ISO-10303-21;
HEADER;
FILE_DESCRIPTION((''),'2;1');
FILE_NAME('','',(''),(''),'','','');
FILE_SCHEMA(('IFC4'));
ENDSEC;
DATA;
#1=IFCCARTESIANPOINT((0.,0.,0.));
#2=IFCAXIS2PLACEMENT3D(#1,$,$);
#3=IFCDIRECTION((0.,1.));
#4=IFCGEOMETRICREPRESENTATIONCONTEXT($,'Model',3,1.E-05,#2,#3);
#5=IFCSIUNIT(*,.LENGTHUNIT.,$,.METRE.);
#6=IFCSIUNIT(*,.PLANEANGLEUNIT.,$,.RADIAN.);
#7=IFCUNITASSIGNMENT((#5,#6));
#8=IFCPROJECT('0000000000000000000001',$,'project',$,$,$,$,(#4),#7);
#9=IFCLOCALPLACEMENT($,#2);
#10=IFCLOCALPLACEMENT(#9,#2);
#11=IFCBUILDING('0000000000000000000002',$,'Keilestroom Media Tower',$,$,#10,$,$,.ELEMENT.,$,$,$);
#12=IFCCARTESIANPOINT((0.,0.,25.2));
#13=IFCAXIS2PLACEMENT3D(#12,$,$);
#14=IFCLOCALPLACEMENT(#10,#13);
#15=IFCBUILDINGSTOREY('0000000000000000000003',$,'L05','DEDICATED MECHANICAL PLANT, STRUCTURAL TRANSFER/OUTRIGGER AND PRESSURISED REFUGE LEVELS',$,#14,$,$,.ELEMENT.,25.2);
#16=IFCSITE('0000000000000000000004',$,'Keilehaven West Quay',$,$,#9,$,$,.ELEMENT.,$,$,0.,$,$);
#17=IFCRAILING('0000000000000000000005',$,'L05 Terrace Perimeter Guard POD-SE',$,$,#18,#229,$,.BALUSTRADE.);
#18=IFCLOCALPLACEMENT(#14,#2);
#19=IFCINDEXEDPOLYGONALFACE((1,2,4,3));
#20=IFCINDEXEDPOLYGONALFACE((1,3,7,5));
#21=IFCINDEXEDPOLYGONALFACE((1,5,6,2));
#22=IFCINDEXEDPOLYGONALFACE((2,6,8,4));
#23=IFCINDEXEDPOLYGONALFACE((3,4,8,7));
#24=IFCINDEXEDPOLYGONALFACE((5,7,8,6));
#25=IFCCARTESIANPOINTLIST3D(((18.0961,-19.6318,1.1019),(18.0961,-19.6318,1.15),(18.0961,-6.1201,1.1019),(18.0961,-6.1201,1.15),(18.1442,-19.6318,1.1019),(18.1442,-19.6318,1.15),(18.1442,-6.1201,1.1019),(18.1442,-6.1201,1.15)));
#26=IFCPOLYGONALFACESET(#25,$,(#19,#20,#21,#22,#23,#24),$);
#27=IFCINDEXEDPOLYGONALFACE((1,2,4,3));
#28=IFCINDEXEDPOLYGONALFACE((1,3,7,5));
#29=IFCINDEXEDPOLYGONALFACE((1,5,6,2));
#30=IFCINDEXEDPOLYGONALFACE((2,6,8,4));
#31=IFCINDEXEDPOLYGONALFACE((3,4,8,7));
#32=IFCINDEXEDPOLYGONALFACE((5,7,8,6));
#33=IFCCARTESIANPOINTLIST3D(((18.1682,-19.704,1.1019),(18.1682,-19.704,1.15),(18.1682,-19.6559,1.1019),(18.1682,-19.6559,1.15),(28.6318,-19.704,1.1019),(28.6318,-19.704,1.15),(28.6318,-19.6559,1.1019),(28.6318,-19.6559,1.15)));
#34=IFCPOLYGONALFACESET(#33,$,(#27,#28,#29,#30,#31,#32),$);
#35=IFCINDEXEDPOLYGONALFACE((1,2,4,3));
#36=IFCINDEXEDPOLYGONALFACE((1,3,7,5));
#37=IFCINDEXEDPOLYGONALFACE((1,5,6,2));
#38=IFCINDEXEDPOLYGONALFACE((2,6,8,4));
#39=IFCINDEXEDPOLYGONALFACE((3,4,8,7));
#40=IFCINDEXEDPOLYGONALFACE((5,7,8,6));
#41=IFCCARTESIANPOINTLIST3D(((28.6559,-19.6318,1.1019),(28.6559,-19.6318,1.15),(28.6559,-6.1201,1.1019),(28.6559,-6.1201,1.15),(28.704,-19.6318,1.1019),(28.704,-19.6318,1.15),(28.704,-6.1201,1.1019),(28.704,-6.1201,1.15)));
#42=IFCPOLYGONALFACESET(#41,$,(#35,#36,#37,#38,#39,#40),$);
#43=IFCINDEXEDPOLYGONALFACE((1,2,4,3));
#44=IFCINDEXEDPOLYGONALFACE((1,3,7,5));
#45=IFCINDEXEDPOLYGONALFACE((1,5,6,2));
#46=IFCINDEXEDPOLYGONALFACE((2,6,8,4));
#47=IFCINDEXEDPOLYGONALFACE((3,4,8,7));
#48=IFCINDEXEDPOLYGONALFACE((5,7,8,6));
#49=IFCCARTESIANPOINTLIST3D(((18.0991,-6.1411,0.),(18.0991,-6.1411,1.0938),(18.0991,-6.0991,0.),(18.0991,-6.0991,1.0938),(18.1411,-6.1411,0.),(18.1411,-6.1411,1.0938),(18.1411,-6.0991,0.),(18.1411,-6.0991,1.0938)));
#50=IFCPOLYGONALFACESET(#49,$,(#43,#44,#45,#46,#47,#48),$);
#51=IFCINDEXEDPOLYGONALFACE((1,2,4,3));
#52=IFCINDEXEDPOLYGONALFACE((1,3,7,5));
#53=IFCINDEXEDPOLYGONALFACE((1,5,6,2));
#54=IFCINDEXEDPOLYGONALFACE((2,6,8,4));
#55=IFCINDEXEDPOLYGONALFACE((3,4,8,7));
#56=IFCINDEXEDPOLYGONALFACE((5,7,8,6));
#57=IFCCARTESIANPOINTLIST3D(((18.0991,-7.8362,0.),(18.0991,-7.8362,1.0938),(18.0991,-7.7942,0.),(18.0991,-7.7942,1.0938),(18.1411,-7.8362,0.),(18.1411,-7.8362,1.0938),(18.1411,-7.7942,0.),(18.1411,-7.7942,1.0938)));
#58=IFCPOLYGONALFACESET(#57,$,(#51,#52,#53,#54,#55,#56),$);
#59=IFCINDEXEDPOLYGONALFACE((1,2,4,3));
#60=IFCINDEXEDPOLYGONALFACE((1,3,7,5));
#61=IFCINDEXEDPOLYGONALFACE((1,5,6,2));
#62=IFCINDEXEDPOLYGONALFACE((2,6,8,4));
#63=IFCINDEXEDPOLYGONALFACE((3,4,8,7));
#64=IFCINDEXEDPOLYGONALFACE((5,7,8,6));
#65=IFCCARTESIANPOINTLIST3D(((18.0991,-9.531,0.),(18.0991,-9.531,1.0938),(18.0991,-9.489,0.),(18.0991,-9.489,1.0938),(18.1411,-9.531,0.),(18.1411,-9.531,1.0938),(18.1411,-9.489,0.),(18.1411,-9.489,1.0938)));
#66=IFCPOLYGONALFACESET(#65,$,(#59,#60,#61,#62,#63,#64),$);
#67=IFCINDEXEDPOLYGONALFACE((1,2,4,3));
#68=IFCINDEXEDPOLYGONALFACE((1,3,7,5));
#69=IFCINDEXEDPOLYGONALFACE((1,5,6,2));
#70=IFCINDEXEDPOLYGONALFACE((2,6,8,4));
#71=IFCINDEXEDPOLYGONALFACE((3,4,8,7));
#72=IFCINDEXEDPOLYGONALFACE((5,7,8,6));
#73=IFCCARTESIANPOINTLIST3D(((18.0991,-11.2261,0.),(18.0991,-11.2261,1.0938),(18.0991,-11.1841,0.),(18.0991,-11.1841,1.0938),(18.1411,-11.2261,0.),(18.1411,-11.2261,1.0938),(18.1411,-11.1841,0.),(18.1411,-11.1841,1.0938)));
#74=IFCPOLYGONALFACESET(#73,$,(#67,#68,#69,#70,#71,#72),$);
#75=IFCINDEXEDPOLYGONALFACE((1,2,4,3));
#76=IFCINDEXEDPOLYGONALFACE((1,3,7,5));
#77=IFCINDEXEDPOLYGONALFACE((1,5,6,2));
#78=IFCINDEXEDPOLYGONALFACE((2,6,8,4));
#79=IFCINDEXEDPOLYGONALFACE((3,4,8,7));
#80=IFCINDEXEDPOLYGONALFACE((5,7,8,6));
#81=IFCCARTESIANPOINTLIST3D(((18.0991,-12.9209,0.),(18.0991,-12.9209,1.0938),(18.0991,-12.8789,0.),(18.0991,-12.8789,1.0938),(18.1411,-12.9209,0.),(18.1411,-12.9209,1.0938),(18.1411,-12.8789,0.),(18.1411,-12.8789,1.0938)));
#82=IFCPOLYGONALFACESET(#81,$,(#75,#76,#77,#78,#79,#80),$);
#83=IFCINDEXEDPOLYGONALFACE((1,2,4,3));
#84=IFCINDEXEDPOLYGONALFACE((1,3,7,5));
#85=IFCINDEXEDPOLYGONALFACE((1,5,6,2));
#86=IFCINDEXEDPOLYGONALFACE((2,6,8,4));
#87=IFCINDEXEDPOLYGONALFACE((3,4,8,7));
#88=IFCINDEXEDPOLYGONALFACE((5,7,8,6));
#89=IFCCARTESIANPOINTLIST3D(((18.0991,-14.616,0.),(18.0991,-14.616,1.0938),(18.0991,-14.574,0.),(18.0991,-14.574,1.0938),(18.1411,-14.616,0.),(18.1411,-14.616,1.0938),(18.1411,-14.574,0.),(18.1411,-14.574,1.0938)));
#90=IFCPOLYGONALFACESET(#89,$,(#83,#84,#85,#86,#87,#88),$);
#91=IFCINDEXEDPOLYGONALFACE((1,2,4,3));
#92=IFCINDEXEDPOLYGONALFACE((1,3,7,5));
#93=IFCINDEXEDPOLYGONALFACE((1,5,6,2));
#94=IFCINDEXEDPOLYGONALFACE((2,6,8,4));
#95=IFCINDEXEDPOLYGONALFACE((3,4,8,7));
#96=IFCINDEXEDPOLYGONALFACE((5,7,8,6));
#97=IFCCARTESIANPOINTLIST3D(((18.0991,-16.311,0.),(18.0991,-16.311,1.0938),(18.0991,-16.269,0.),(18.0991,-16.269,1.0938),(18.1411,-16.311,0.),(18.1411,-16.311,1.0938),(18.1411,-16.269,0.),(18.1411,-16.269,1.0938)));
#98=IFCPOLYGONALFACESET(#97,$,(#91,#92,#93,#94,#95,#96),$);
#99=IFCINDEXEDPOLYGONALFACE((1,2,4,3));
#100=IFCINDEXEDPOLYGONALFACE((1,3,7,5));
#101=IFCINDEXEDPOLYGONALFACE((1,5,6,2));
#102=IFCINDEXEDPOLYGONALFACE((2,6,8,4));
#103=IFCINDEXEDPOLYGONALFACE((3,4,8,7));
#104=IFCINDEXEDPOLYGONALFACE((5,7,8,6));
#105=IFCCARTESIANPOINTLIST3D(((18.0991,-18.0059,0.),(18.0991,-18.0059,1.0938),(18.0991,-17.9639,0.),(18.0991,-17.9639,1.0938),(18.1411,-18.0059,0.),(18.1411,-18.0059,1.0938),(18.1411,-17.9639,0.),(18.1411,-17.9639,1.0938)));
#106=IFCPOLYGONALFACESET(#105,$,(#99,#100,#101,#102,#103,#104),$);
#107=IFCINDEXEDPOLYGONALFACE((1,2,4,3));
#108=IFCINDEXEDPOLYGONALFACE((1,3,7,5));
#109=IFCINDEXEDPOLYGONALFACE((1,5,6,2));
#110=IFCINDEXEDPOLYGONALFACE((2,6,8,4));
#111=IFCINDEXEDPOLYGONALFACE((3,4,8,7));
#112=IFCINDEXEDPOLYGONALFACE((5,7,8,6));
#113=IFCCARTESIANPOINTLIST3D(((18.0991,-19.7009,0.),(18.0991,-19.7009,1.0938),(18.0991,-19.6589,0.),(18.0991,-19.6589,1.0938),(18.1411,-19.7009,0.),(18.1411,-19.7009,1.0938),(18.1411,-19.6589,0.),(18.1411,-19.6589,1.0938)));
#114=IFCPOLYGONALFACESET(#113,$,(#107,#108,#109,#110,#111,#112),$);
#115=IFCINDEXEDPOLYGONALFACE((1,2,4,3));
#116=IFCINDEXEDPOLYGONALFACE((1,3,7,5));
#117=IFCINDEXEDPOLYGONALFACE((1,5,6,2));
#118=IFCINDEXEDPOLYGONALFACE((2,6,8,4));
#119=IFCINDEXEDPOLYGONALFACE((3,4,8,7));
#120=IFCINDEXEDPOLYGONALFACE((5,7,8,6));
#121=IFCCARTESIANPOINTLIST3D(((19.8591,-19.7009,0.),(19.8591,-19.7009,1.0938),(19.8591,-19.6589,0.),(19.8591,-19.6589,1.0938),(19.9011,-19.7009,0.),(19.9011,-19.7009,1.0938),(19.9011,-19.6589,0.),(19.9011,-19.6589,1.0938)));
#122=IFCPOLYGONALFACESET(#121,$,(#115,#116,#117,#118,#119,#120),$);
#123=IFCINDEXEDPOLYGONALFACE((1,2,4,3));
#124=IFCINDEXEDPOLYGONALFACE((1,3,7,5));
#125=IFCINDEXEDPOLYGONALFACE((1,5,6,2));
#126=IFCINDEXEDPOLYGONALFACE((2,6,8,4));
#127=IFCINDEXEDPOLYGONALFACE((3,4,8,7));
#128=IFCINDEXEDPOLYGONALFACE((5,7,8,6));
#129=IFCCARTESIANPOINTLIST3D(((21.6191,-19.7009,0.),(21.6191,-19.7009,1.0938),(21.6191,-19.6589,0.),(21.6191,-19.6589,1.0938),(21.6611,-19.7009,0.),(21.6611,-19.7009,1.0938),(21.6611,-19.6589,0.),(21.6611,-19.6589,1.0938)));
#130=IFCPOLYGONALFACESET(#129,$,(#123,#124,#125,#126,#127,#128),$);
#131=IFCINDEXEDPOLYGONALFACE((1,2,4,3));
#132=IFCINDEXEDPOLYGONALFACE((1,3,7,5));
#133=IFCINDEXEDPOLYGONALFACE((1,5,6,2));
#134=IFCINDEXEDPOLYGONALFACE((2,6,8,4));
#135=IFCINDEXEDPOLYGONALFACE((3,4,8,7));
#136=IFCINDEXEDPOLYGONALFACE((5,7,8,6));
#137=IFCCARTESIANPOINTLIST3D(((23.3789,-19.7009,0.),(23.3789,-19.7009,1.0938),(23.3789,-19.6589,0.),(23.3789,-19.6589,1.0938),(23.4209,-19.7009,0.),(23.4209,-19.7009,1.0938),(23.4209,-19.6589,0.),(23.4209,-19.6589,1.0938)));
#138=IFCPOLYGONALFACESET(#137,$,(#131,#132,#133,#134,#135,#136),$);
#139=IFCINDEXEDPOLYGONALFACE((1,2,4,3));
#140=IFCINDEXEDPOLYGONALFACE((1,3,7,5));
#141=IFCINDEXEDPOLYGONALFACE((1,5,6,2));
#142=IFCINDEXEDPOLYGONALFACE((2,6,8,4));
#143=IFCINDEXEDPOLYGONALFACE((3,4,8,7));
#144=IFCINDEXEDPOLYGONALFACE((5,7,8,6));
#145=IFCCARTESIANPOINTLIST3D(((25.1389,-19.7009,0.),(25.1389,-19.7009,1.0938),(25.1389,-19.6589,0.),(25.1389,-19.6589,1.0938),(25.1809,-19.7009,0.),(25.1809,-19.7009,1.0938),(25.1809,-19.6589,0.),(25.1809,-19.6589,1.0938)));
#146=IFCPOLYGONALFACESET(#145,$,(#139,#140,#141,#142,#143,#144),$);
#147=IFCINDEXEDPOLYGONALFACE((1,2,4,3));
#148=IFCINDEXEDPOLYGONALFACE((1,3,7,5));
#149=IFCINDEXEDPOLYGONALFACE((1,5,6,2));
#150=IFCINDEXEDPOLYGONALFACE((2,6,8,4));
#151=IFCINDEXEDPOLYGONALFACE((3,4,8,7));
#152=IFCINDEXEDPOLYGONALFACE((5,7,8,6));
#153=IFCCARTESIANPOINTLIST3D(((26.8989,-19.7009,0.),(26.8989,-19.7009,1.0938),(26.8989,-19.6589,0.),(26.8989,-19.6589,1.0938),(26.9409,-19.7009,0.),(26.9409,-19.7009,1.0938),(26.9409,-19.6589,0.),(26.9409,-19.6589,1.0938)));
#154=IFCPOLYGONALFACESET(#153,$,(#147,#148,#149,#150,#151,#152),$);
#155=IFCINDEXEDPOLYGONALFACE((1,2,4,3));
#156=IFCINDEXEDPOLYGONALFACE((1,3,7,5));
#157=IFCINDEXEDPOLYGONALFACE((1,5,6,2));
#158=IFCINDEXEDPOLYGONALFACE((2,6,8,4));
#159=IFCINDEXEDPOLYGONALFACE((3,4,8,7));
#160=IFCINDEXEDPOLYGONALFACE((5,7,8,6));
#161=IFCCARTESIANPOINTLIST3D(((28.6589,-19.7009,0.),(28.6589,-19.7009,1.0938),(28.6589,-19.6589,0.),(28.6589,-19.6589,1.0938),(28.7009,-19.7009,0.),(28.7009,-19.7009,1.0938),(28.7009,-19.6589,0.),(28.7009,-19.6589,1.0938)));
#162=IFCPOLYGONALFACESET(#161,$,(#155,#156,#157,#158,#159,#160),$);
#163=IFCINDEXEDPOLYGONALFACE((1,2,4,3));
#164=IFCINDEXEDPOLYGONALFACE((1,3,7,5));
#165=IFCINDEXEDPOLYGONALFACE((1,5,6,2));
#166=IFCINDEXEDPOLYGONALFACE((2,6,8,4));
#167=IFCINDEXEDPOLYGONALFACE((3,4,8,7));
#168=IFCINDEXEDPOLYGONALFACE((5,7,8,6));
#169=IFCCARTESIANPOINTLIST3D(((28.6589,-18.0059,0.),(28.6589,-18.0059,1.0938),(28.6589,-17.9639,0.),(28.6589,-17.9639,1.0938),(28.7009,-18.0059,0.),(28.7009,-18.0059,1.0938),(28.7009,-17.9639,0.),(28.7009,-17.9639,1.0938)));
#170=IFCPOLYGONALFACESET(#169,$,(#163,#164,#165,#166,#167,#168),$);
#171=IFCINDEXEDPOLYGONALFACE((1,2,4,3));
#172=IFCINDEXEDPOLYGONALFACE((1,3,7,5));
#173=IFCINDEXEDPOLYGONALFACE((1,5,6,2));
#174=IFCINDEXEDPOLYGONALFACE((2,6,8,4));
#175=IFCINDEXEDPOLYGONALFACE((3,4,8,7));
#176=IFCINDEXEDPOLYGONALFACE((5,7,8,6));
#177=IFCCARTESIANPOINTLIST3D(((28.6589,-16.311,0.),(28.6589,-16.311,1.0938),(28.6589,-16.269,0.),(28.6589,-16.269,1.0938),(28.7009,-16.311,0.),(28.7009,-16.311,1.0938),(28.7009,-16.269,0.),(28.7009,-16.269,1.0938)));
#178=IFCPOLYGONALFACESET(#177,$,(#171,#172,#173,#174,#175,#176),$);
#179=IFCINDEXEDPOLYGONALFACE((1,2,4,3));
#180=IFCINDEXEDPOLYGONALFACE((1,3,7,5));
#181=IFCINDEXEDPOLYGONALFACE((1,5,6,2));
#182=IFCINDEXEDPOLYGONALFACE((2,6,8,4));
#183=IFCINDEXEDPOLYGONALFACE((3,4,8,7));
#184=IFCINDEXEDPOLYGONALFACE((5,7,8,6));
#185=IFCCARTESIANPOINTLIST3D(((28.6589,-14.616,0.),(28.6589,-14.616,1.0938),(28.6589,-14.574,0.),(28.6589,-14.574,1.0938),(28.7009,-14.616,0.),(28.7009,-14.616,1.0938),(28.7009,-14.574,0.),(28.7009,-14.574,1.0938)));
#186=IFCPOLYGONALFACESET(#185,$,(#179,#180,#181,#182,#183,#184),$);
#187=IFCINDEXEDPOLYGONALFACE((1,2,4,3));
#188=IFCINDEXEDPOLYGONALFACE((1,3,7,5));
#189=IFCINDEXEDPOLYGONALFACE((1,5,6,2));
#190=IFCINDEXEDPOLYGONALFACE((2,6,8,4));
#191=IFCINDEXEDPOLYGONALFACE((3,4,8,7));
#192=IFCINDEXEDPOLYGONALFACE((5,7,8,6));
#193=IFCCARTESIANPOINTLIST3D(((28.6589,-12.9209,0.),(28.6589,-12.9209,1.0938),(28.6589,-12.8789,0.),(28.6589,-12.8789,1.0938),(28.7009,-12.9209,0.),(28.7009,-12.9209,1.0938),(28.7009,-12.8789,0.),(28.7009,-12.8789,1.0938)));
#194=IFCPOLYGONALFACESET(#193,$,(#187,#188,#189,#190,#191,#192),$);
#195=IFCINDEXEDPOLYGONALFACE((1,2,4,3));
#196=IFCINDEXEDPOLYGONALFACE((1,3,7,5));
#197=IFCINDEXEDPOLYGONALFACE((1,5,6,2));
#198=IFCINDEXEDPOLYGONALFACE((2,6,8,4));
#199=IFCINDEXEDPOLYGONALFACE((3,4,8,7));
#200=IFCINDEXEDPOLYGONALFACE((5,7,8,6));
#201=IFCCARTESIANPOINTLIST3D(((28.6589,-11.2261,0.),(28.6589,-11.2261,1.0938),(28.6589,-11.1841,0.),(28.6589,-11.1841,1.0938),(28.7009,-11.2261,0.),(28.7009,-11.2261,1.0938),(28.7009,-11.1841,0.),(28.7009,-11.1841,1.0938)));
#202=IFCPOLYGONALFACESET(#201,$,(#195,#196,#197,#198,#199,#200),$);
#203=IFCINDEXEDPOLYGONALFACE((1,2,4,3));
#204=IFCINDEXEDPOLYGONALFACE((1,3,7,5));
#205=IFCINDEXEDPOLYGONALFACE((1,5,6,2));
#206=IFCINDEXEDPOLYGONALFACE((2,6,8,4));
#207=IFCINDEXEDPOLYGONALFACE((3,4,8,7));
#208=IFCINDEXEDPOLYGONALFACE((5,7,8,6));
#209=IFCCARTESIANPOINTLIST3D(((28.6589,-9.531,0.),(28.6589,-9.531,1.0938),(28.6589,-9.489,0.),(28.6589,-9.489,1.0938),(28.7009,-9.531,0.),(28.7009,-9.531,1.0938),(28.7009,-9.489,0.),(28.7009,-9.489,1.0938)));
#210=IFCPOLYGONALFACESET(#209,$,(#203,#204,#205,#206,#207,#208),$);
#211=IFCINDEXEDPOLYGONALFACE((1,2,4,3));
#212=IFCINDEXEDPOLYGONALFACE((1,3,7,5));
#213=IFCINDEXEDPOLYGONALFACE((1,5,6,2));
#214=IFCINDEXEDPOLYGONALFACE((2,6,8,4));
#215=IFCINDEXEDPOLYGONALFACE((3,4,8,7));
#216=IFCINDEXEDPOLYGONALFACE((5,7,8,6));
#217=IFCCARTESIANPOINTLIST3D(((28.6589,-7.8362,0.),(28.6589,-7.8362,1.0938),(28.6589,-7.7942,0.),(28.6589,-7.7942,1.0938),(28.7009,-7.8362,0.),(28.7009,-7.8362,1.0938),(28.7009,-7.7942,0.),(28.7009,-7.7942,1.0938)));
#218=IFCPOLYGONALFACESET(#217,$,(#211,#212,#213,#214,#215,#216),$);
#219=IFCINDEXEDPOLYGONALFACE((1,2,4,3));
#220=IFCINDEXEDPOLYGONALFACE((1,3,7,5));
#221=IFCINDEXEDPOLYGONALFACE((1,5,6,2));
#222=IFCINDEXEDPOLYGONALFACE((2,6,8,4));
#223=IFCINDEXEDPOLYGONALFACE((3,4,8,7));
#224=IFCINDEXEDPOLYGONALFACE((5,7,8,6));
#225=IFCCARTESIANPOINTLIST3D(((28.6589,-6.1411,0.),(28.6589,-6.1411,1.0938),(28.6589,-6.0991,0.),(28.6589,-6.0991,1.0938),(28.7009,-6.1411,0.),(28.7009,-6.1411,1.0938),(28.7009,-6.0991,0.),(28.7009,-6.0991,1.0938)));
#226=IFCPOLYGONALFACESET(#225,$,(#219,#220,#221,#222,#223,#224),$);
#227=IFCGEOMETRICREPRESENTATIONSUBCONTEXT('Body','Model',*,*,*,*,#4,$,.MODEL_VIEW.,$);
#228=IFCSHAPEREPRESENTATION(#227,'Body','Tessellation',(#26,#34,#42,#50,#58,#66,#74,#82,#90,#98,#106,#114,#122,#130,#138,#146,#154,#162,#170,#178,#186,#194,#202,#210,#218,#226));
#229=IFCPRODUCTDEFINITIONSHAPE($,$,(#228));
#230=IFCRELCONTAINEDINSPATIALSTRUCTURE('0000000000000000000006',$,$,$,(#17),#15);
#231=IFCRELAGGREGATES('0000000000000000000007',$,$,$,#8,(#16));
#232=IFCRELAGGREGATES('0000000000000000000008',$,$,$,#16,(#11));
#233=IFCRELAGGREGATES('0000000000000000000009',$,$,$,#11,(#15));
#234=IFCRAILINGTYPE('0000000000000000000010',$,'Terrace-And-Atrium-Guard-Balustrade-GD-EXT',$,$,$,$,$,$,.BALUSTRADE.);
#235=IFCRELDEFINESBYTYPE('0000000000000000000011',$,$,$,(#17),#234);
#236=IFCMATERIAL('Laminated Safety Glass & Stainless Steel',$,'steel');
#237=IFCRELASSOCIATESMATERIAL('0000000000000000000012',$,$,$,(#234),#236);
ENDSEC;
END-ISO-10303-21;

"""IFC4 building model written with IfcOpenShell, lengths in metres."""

from ifc_helpers import new_model, si_unit, direction, frame, origin, origin_2d, place, context, subcontext, project, spatial, rectangle, extrude, material, type_object, element, save


model = new_model("IFC4")

# Units and contexts
model_context = context("Model", 3, precision=1e-05, world=origin(), true_north=direction((0.0, 1.0)))
body_context = subcontext(model_context, "Body", "Model", "MODEL_VIEW")
ifc_project = project(units=[si_unit("LENGTHUNIT", "METRE"), si_unit("PLANEANGLEUNIT", "RADIAN")], contexts=[model_context])

# Site, building, storey
site_placement = place(None, origin())
site = spatial("IfcSite", under=ifc_project, at=site_placement, Name="Keilehaven West Quay", CompositionType="ELEMENT", RefElevation=0.0)
building_placement = place(site_placement, origin())
building = spatial("IfcBuilding", under=site, at=building_placement, Name="Keilestroom Media Tower", CompositionType="ELEMENT")
storey_placement = place(building_placement, frame((0.0, 0.0, 25.2)))
storey = spatial("IfcBuildingStorey", under=building, at=storey_placement, Name="L05", Description="DEDICATED MECHANICAL PLANT, STRUCTURAL TRANSFER/OUTRIGGER AND PRESSURISED REFUGE LEVELS", CompositionType="ELEMENT", Elevation=25.2)

# Railing
ifc_material_1 = material(Name="Laminated Safety Glass & Stainless Steel", Category="steel")
railing_type = type_object("IfcRailingType", Name="Terrace-And-Atrium-Guard-Balustrade-GD-EXT", PredefinedType="BALUSTRADE", material=ifc_material_1)
railing_placement = place(storey_placement, frame((18.1201, -6.1201, 0.0)))
element("IfcRailing", 1, at=railing_placement, inside=storey, type_object=railing_type, Name="L05 Terrace Perimeter Guard POD-SE", PredefinedType="BALUSTRADE", context=body_context, shape_type="SweptSolid", body=[
    extrude(rectangle(XDim=0.0481, YDim=0.0481, at=origin_2d()), frame((0.0, 0.0, 1.126), z_axis=(0.0, -1.0, 0.0), x_axis=(1.0, 0.0, 0.0)), (0.0, 0.0, 1.0), 13.5117),
    extrude(rectangle(XDim=0.0481, YDim=0.0481, at=origin_2d()), frame((0.0481, -13.5598, 1.126), z_axis=(1.0, 0.0, 0.0), x_axis=(0.0, 1.0, 0.0)), (0.0, 0.0, 1.0), 10.4636),
    extrude(rectangle(XDim=0.0481, YDim=0.0481, at=origin_2d()), frame((10.5598, -13.5117, 1.126), z_axis=(0.0, 1.0, 0.0), x_axis=(-1.0, 0.0, 0.0)), (0.0, 0.0, 1.0), 13.5117),
    extrude(rectangle(XDim=0.042, YDim=0.042, at=origin_2d()), origin(), (0.0, 0.0, 1.0), 1.0938),
    extrude(rectangle(XDim=0.042, YDim=0.042, at=origin_2d()), frame((0.0, -1.6951, 0.0)), (0.0, 0.0, 1.0), 1.0938),
    extrude(rectangle(XDim=0.042, YDim=0.042, at=origin_2d()), frame((0.0, -3.3899, 0.0)), (0.0, 0.0, 1.0), 1.0938),
    extrude(rectangle(XDim=0.042, YDim=0.042, at=origin_2d()), frame((0.0, -5.085, 0.0)), (0.0, 0.0, 1.0), 1.0938),
    extrude(rectangle(XDim=0.042, YDim=0.042, at=origin_2d()), frame((0.0, -6.7798, 0.0)), (0.0, 0.0, 1.0), 1.0938),
    extrude(rectangle(XDim=0.042, YDim=0.042, at=origin_2d()), frame((0.0, -8.4749, 0.0)), (0.0, 0.0, 1.0), 1.0938),
    extrude(rectangle(XDim=0.042, YDim=0.042, at=origin_2d()), frame((0.0, -10.1699, 0.0)), (0.0, 0.0, 1.0), 1.0938),
    extrude(rectangle(XDim=0.042, YDim=0.042, at=origin_2d()), frame((0.0, -11.8647, 0.0)), (0.0, 0.0, 1.0), 1.0938),
    extrude(rectangle(XDim=0.042, YDim=0.042, at=origin_2d()), frame((0.0, -13.5598, 0.0)), (0.0, 0.0, 1.0), 1.0938),
    extrude(rectangle(XDim=0.042, YDim=0.042, at=origin_2d()), frame((1.76, -13.5598, 0.0)), (0.0, 0.0, 1.0), 1.0938),
    extrude(rectangle(XDim=0.042, YDim=0.042, at=origin_2d()), frame((3.52, -13.5598, 0.0)), (0.0, 0.0, 1.0), 1.0938),
    extrude(rectangle(XDim=0.042, YDim=0.042, at=origin_2d()), frame((5.2798, -13.5598, 0.0)), (0.0, 0.0, 1.0), 1.0938),
    extrude(rectangle(XDim=0.042, YDim=0.042, at=origin_2d()), frame((7.0398, -13.5598, 0.0)), (0.0, 0.0, 1.0), 1.0938),
    extrude(rectangle(XDim=0.042, YDim=0.042, at=origin_2d()), frame((8.7998, -13.5598, 0.0)), (0.0, 0.0, 1.0), 1.0938),
    extrude(rectangle(XDim=0.042, YDim=0.042, at=origin_2d()), frame((10.5598, -13.5598, 0.0)), (0.0, 0.0, 1.0), 1.0938),
    extrude(rectangle(XDim=0.042, YDim=0.042, at=origin_2d()), frame((10.5598, -11.8647, 0.0)), (0.0, 0.0, 1.0), 1.0938),
    extrude(rectangle(XDim=0.042, YDim=0.042, at=origin_2d()), frame((10.5598, -10.1699, 0.0)), (0.0, 0.0, 1.0), 1.0938),
    extrude(rectangle(XDim=0.042, YDim=0.042, at=origin_2d()), frame((10.5598, -8.4749, 0.0)), (0.0, 0.0, 1.0), 1.0938),
    extrude(rectangle(XDim=0.042, YDim=0.042, at=origin_2d()), frame((10.5598, -6.7798, 0.0)), (0.0, 0.0, 1.0), 1.0938),
    extrude(rectangle(XDim=0.042, YDim=0.042, at=origin_2d()), frame((10.5598, -5.085, 0.0)), (0.0, 0.0, 1.0), 1.0938),
    extrude(rectangle(XDim=0.042, YDim=0.042, at=origin_2d()), frame((10.5598, -3.3899, 0.0)), (0.0, 0.0, 1.0), 1.0938),
    extrude(rectangle(XDim=0.042, YDim=0.042, at=origin_2d()), frame((10.5598, -1.6951, 0.0)), (0.0, 0.0, 1.0), 1.0938),
    extrude(rectangle(XDim=0.042, YDim=0.042, at=origin_2d()), frame((10.5598, 0.0, 0.0)), (0.0, 0.0, 1.0), 1.0938),
])

save(model, "model.ifc")
